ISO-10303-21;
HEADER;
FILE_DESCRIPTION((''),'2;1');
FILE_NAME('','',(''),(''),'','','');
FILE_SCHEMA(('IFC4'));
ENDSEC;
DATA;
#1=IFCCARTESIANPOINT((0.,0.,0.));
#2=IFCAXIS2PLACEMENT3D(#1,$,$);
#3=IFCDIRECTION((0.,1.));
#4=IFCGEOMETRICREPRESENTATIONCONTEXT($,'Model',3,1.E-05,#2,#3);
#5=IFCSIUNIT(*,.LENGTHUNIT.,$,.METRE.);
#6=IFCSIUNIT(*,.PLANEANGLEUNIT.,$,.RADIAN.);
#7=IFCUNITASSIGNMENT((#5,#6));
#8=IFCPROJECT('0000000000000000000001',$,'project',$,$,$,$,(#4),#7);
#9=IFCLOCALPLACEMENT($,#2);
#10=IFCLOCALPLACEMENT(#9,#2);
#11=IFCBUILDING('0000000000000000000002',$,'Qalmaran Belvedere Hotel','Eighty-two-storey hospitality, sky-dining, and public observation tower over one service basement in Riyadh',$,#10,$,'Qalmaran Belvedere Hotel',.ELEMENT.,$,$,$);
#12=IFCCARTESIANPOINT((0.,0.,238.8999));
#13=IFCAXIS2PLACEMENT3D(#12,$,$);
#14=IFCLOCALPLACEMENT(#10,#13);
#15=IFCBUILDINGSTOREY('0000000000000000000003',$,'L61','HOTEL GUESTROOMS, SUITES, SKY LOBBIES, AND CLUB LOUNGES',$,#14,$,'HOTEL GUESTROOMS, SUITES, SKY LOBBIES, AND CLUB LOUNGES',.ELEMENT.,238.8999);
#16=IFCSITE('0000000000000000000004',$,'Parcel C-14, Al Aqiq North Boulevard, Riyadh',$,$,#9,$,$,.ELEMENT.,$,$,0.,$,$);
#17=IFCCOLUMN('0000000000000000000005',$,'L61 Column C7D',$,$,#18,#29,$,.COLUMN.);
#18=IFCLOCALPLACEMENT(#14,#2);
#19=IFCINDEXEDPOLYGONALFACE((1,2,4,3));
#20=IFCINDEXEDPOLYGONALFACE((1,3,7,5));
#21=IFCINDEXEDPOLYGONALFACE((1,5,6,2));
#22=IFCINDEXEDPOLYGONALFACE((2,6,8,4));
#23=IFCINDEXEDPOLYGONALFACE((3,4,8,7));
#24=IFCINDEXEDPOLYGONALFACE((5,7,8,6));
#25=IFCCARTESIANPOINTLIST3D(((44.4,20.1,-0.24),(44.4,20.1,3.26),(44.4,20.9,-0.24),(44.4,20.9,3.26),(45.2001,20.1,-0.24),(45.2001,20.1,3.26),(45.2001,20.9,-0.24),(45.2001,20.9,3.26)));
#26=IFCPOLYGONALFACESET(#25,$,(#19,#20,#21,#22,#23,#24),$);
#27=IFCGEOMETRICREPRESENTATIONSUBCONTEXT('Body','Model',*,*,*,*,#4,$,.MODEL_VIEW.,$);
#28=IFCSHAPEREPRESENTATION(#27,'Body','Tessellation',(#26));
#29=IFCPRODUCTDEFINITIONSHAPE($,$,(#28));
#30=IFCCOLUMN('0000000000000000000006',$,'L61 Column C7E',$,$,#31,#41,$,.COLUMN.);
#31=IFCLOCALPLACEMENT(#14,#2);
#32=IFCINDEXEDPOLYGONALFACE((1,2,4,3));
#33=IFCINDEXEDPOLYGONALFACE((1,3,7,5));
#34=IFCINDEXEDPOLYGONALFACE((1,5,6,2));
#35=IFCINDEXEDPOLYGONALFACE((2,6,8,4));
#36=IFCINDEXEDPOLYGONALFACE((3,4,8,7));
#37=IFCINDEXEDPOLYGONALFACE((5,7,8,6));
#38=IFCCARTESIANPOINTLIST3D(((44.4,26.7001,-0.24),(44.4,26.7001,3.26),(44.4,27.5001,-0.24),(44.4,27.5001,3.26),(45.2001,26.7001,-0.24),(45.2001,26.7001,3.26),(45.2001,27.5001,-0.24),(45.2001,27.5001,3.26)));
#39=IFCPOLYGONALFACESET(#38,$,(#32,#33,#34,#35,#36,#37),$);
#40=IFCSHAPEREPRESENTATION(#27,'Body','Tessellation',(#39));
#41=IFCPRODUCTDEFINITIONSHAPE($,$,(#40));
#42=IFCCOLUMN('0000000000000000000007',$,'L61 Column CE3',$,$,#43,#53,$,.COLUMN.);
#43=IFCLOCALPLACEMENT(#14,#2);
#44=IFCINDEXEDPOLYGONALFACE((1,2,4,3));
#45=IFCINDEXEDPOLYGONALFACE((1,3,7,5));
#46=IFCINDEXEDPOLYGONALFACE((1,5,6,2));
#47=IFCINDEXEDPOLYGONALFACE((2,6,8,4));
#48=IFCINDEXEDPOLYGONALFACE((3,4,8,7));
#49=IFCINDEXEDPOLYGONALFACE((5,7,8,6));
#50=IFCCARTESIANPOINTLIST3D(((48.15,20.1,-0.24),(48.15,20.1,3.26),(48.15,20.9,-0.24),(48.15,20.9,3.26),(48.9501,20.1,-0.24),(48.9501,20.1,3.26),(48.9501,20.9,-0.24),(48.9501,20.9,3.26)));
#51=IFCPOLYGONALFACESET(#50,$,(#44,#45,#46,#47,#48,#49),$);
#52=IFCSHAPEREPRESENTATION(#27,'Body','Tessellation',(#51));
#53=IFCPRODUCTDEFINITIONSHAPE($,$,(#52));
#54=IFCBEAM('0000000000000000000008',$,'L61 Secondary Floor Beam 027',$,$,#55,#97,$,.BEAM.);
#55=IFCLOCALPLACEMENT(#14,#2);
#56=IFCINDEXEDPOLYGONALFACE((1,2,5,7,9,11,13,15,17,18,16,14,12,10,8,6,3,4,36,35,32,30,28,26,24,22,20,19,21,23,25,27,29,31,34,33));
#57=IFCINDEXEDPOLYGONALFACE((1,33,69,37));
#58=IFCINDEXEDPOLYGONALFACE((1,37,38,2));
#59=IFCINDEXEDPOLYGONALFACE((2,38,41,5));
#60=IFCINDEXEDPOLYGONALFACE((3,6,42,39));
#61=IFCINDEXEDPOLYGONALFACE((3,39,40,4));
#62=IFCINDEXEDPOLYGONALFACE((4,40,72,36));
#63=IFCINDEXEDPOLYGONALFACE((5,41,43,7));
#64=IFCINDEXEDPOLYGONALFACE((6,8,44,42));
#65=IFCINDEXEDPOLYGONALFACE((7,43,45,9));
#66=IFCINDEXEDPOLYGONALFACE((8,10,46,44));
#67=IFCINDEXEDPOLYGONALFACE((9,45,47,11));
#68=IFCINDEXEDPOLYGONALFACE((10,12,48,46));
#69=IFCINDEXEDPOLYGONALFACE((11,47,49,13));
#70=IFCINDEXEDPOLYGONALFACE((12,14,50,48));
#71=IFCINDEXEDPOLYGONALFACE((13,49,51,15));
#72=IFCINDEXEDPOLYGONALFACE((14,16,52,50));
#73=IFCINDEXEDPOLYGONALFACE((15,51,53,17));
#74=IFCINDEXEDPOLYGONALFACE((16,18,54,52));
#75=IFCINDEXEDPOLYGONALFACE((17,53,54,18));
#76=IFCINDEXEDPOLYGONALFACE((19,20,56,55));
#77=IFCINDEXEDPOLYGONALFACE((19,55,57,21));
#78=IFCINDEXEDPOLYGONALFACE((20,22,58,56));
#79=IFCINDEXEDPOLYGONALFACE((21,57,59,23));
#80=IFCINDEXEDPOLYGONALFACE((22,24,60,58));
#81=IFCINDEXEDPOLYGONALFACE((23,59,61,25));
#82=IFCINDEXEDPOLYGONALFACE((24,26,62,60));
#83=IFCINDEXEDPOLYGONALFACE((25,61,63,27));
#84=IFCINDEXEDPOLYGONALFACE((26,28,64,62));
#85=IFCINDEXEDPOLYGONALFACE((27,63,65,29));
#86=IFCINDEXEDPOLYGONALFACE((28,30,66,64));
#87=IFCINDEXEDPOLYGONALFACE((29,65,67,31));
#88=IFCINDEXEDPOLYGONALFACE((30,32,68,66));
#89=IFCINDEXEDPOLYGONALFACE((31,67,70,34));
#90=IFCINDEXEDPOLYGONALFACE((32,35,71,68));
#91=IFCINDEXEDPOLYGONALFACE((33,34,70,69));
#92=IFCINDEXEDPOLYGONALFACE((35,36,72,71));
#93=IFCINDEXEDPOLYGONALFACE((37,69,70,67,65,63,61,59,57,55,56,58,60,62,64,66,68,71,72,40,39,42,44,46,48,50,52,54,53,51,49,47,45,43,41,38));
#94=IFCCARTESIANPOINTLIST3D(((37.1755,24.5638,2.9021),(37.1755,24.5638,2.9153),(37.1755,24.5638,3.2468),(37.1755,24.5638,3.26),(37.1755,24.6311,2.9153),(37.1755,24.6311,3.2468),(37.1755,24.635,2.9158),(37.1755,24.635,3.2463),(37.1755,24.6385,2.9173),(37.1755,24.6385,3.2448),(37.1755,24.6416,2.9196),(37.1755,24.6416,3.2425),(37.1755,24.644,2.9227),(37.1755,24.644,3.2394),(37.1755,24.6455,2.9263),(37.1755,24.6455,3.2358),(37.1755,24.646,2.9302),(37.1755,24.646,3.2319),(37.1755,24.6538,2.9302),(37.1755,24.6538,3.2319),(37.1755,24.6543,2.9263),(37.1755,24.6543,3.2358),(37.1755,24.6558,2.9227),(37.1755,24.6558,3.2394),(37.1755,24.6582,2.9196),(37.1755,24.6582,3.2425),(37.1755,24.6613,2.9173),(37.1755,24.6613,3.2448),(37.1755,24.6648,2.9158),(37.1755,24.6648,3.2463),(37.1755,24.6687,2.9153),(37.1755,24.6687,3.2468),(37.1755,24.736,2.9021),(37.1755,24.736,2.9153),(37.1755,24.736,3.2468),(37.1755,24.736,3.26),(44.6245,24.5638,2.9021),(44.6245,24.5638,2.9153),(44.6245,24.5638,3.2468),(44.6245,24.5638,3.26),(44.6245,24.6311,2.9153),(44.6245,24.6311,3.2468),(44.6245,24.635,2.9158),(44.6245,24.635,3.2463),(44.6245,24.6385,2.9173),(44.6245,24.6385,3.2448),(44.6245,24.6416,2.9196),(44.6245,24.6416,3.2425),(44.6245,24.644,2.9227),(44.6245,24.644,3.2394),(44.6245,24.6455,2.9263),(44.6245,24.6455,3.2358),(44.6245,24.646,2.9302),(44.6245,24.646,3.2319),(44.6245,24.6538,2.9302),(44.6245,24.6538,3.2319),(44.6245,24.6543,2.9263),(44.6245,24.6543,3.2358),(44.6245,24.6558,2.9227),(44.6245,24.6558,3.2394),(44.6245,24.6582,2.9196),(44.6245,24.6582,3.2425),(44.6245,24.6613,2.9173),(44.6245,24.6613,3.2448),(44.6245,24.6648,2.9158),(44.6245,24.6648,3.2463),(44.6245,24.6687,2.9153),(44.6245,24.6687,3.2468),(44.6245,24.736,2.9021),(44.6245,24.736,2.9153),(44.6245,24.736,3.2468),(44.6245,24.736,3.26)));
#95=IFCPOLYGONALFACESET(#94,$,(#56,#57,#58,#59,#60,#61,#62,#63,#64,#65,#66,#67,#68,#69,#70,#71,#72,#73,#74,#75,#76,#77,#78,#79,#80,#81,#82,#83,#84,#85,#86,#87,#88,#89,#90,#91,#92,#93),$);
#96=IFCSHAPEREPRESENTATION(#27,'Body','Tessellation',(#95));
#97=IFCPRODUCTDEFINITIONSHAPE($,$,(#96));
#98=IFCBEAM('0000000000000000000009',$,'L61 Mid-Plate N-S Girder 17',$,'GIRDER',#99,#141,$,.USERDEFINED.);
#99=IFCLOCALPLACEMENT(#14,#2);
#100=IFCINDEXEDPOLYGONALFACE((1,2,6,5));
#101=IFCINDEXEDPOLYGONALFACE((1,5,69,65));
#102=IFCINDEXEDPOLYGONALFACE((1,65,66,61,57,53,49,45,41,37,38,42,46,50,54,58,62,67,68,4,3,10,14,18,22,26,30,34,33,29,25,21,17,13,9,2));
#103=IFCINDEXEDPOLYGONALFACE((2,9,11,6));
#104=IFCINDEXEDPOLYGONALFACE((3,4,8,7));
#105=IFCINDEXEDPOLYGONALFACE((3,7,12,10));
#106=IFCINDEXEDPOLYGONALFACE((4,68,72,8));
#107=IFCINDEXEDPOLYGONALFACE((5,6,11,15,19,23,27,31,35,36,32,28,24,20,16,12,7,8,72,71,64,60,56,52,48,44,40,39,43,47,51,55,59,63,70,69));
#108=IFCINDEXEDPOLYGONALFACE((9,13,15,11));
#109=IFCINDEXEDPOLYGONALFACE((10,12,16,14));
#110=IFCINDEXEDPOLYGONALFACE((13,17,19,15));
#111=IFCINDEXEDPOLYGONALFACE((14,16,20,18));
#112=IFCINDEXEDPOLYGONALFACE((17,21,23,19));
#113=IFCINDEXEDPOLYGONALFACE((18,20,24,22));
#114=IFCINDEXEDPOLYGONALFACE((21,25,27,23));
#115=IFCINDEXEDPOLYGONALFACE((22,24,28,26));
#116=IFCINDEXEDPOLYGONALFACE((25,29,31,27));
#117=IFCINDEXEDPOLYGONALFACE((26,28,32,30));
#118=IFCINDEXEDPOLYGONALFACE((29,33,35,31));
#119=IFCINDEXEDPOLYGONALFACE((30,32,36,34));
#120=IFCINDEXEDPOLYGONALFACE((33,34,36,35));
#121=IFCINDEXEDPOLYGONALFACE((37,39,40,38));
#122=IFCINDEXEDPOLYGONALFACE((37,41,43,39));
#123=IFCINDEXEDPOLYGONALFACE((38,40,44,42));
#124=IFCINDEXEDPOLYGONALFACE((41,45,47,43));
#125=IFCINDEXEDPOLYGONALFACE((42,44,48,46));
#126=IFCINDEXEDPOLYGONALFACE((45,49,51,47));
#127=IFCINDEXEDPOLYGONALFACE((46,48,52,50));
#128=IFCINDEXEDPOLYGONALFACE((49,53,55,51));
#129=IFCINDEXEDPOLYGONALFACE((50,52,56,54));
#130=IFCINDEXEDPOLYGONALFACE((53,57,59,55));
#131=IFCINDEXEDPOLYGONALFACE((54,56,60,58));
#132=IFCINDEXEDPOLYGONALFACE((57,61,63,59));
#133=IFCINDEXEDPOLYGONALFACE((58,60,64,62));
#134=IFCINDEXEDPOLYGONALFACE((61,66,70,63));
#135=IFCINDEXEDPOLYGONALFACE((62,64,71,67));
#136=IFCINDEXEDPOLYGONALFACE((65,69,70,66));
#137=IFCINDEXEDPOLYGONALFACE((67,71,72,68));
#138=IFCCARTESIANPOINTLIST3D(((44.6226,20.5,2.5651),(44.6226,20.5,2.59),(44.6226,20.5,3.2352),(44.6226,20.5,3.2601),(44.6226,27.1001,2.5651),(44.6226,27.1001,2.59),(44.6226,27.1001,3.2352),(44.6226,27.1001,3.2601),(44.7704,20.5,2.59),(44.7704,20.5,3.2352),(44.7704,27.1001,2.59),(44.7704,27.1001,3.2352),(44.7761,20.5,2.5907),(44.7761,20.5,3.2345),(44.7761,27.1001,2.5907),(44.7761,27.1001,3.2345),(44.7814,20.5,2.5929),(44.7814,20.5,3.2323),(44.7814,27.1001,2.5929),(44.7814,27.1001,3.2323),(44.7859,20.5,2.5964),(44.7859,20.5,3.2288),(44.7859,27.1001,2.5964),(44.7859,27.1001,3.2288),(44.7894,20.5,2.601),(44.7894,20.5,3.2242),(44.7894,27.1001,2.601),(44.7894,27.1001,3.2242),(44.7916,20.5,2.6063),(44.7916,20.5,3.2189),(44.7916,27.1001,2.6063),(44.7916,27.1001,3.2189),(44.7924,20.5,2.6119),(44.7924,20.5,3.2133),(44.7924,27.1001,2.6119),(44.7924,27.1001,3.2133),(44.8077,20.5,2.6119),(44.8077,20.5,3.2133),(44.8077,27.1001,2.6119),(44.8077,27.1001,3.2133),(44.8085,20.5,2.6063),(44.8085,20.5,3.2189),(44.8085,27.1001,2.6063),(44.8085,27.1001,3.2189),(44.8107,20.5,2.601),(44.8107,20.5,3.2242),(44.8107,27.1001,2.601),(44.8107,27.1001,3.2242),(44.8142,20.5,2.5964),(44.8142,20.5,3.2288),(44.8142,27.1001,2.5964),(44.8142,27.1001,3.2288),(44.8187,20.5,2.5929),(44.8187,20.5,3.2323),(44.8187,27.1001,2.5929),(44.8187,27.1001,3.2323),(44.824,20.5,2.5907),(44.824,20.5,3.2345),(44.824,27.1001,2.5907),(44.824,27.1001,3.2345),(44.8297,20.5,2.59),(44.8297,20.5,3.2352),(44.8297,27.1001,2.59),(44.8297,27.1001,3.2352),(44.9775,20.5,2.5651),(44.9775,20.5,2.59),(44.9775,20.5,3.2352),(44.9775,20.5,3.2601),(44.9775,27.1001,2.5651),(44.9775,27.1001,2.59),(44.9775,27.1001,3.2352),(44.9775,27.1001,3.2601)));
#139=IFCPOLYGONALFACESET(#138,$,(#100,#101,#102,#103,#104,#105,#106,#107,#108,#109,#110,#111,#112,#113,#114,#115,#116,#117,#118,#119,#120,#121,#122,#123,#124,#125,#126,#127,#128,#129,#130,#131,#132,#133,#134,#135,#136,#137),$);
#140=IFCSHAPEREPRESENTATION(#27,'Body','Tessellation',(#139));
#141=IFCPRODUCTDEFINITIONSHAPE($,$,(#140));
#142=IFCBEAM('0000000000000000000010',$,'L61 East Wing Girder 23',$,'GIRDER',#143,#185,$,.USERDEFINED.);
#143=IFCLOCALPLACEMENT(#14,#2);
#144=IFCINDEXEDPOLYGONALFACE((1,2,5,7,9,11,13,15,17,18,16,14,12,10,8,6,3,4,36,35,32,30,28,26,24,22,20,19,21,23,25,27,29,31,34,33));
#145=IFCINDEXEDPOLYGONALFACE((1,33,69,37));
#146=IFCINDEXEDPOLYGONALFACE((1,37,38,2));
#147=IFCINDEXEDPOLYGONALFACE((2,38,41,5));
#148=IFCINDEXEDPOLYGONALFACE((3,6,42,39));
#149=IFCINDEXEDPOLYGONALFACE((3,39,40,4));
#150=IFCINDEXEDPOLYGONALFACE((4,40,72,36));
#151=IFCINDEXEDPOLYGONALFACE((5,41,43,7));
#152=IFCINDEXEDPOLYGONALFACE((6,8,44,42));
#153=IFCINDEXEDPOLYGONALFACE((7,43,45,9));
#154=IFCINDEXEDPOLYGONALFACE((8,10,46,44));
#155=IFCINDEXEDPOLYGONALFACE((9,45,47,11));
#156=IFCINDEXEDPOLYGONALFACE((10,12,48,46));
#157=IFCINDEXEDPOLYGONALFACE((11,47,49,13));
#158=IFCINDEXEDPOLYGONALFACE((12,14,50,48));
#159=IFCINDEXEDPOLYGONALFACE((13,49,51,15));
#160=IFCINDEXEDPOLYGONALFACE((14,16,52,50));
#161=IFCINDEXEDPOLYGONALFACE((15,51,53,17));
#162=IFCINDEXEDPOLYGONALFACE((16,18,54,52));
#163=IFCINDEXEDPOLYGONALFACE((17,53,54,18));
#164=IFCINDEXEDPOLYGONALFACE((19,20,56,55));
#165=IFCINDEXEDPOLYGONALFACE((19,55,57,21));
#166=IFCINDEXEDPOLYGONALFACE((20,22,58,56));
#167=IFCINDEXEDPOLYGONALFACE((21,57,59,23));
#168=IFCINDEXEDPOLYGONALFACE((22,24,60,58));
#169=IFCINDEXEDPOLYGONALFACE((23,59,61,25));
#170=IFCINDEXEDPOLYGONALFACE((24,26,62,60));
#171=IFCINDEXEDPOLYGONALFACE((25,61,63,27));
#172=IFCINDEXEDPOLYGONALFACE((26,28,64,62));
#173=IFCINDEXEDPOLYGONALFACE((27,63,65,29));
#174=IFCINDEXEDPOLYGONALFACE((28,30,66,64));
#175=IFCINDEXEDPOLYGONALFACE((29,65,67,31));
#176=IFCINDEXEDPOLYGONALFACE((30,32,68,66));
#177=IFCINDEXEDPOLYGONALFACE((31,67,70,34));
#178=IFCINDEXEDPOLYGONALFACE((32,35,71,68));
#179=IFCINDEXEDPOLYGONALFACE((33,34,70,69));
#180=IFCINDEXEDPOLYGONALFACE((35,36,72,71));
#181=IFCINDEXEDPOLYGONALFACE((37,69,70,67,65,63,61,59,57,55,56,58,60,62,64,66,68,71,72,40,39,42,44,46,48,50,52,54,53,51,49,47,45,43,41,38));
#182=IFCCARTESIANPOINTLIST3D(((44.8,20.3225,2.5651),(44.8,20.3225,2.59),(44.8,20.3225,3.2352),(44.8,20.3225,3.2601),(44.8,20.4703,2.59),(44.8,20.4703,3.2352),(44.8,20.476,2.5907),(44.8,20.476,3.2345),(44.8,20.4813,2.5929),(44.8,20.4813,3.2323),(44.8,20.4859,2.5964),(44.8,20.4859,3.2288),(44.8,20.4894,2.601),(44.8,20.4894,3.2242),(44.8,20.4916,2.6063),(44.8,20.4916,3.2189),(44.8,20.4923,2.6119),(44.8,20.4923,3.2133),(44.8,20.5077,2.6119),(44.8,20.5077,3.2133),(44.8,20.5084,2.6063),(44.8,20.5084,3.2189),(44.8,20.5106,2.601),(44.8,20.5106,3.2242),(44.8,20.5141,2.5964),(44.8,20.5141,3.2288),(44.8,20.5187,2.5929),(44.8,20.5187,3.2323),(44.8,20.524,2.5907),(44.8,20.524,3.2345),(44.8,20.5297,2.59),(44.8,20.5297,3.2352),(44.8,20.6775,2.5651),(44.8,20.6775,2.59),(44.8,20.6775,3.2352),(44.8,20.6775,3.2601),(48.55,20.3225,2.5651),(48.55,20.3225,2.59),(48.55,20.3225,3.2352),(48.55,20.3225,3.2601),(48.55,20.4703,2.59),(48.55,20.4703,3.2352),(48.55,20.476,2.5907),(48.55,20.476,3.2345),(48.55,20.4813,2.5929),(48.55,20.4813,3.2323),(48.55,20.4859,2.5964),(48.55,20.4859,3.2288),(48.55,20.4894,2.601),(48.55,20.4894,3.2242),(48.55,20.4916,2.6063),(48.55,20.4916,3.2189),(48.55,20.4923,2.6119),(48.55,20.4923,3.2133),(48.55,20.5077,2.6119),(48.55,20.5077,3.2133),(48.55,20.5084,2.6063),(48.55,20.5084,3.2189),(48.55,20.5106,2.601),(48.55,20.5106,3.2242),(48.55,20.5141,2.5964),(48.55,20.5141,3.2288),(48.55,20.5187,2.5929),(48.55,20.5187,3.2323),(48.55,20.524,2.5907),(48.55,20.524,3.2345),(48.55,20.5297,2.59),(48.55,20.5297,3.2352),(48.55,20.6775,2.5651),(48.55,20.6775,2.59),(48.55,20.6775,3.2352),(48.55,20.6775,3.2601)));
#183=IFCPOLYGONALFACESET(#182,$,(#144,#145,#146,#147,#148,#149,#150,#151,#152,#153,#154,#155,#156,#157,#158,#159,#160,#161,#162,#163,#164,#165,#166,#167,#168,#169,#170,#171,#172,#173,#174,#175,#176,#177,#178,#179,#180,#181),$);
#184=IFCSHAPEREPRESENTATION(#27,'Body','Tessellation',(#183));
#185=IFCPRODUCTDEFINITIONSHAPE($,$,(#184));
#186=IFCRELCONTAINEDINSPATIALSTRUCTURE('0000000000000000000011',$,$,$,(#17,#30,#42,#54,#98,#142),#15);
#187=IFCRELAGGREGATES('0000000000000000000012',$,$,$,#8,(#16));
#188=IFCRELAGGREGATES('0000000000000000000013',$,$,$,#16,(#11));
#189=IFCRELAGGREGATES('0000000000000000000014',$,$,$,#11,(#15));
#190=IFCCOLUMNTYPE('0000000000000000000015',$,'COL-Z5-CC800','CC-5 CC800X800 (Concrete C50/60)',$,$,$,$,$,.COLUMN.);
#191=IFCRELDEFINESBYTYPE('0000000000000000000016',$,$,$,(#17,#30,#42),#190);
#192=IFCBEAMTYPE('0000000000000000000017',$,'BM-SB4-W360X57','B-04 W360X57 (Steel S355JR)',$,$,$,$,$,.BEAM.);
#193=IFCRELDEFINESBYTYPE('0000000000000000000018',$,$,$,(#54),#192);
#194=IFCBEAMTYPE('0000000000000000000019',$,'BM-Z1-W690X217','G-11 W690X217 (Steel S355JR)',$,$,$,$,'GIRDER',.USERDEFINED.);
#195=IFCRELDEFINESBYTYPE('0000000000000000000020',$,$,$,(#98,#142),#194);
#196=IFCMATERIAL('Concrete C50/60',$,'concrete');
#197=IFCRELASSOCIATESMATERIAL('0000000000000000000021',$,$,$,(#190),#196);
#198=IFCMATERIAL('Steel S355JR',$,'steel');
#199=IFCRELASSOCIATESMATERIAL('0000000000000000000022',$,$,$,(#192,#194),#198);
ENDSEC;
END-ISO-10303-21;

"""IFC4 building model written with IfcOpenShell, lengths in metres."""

from ifc_helpers import new_model, si_unit, direction, frame, origin, origin_2d, place, context, subcontext, project, spatial, rectangle, i_section, extrude, material, material_profile, profile_set, type_object, element, save


model = new_model("IFC4")

# Units and contexts
model_context = context("Model", 3, precision=1e-05, world=origin(), true_north=direction((0.0, 1.0)))
body_context = subcontext(model_context, "Body", "Model", "MODEL_VIEW")
ifc_project = project(units=[si_unit("LENGTHUNIT", "METRE"), si_unit("PLANEANGLEUNIT", "RADIAN")], contexts=[model_context])

# Site, building, storey
site_placement = place(None, origin())
site = spatial("IfcSite", under=ifc_project, at=site_placement, Name="Parcel C-14, Al Aqiq North Boulevard, Riyadh", CompositionType="ELEMENT", RefElevation=0.0)
building_placement = place(site_placement, origin())
building = spatial("IfcBuilding", under=site, at=building_placement, Name="Qalmaran Belvedere Hotel", Description="Eighty-two-storey hospitality, sky-dining, and public observation tower over one service basement in Riyadh", LongName="Qalmaran Belvedere Hotel", CompositionType="ELEMENT")
storey_placement = place(building_placement, frame((0.0, 0.0, 238.8999)))
storey = spatial("IfcBuildingStorey", under=building, at=storey_placement, Name="L61", Description="HOTEL GUESTROOMS, SUITES, SKY LOBBIES, AND CLUB LOUNGES", LongName="HOTEL GUESTROOMS, SUITES, SKY LOBBIES, AND CLUB LOUNGES", CompositionType="ELEMENT", Elevation=238.8999)

# Columns
ifc_material_1 = material(Name="Concrete C50/60", Category="concrete")
ifc_material_profile_1 = material_profile(ifc_material_1, rectangle(XDim=0.8, YDim=0.8, at=origin_2d()), Name="CC800X800")
ifc_profile_set_1 = profile_set([ifc_material_profile_1], Name="Concrete C50/60")
column_type = type_object("IfcColumnType", Name="COL-Z5-CC800", Description="CC-5 CC800X800 (Concrete C50/60)", PredefinedType="COLUMN", material=ifc_profile_set_1)
for number, where, z_axis, x_axis, name in (
    (1, (44.8, 20.5, -0.24), (0.0, 0.0, 1.0), (1.0, 0.0, 0.0), "L61 Column C7D"),
    (2, (44.8, 27.1001, -0.24), (0.0, 0.0, 1.0), (1.0, 0.0, 0.0), "L61 Column C7E"),
    (3, (48.55, 20.5, -0.24), (0.0, 0.0, 1.0), (1.0, 0.0, 0.0), "L61 Column CE3"),
):
    element("IfcColumn", number, at=place(storey_placement, frame(where, z_axis=z_axis, x_axis=x_axis)), inside=storey, type_object=column_type, Name=name, PredefinedType="COLUMN", context=body_context, shape_type="SweptSolid", body=[
        extrude(rectangle(XDim=0.8, YDim=0.8, at=origin_2d()), origin(), (0.0, 0.0, 1.0), 3.5),
    ])

# Beams
ifc_material_2 = material(Name="Steel S355JR", Category="steel")
ifc_material_profile_2 = material_profile(ifc_material_2, i_section(OverallWidth=0.1721, OverallDepth=0.3579, WebThickness=0.0078, FlangeThickness=0.0132, FilletRadius=0.0149, at=origin_2d()), Name="W360X57")
ifc_profile_set_2 = profile_set([ifc_material_profile_2], Name="Steel S355JR")
beam_type_1 = type_object("IfcBeamType", Name="BM-SB4-W360X57", Description="B-04 W360X57 (Steel S355JR)", PredefinedType="BEAM", material=ifc_profile_set_2)
beam_1_placement = place(storey_placement, frame((37.1755, 24.6499, 3.0811), z_axis=(1.0, 0.0, 0.0), x_axis=(0.0, 1.0, 0.0)))
element("IfcBeam", 4, at=beam_1_placement, inside=storey, type_object=beam_type_1, Name="L61 Secondary Floor Beam 027", PredefinedType="BEAM", context=body_context, shape_type="SweptSolid", body=[
    extrude(i_section(OverallWidth=0.1721, OverallDepth=0.3579, WebThickness=0.0078, FlangeThickness=0.0132, FilletRadius=0.0149, at=origin_2d()), origin(), (0.0, 0.0, 1.0), 7.449),
])
ifc_material_profile_3 = material_profile(ifc_material_2, i_section(OverallWidth=0.355, OverallDepth=0.6951, WebThickness=0.0154, FlangeThickness=0.0249, FilletRadius=0.022, at=origin_2d()), Name="W690X217")
ifc_profile_set_3 = profile_set([ifc_material_profile_3], Name="Steel S355JR")
beam_type_2 = type_object("IfcBeamType", Name="BM-Z1-W690X217", Description="G-11 W690X217 (Steel S355JR)", ElementType="GIRDER", PredefinedType="USERDEFINED", material=ifc_profile_set_3)
beam_2_placement = place(storey_placement, frame((44.8, 20.5, 2.9126), z_axis=(0.0, 1.0, 0.0), x_axis=(-1.0, 0.0, 0.0)))
element("IfcBeam", 5, at=beam_2_placement, inside=storey, type_object=beam_type_2, Name="L61 Mid-Plate N-S Girder 17", ObjectType="GIRDER", PredefinedType="USERDEFINED", context=body_context, shape_type="SweptSolid", body=[
    extrude(i_section(OverallWidth=0.355, OverallDepth=0.6951, WebThickness=0.0154, FlangeThickness=0.0249, FilletRadius=0.022, at=origin_2d()), origin(), (0.0, 0.0, 1.0), 6.6001),
])
beam_3_placement = place(storey_placement, frame((44.8, 20.5, 2.9126), z_axis=(1.0, 0.0, 0.0), x_axis=(0.0, 1.0, 0.0)))
element("IfcBeam", 6, at=beam_3_placement, inside=storey, type_object=beam_type_2, Name="L61 East Wing Girder 23", ObjectType="GIRDER", PredefinedType="USERDEFINED", context=body_context, shape_type="SweptSolid", body=[
    extrude(i_section(OverallWidth=0.355, OverallDepth=0.6951, WebThickness=0.0154, FlangeThickness=0.0249, FilletRadius=0.022, at=origin_2d()), origin(), (0.0, 0.0, 1.0), 3.75),
])

save(model, "model.ifc")
